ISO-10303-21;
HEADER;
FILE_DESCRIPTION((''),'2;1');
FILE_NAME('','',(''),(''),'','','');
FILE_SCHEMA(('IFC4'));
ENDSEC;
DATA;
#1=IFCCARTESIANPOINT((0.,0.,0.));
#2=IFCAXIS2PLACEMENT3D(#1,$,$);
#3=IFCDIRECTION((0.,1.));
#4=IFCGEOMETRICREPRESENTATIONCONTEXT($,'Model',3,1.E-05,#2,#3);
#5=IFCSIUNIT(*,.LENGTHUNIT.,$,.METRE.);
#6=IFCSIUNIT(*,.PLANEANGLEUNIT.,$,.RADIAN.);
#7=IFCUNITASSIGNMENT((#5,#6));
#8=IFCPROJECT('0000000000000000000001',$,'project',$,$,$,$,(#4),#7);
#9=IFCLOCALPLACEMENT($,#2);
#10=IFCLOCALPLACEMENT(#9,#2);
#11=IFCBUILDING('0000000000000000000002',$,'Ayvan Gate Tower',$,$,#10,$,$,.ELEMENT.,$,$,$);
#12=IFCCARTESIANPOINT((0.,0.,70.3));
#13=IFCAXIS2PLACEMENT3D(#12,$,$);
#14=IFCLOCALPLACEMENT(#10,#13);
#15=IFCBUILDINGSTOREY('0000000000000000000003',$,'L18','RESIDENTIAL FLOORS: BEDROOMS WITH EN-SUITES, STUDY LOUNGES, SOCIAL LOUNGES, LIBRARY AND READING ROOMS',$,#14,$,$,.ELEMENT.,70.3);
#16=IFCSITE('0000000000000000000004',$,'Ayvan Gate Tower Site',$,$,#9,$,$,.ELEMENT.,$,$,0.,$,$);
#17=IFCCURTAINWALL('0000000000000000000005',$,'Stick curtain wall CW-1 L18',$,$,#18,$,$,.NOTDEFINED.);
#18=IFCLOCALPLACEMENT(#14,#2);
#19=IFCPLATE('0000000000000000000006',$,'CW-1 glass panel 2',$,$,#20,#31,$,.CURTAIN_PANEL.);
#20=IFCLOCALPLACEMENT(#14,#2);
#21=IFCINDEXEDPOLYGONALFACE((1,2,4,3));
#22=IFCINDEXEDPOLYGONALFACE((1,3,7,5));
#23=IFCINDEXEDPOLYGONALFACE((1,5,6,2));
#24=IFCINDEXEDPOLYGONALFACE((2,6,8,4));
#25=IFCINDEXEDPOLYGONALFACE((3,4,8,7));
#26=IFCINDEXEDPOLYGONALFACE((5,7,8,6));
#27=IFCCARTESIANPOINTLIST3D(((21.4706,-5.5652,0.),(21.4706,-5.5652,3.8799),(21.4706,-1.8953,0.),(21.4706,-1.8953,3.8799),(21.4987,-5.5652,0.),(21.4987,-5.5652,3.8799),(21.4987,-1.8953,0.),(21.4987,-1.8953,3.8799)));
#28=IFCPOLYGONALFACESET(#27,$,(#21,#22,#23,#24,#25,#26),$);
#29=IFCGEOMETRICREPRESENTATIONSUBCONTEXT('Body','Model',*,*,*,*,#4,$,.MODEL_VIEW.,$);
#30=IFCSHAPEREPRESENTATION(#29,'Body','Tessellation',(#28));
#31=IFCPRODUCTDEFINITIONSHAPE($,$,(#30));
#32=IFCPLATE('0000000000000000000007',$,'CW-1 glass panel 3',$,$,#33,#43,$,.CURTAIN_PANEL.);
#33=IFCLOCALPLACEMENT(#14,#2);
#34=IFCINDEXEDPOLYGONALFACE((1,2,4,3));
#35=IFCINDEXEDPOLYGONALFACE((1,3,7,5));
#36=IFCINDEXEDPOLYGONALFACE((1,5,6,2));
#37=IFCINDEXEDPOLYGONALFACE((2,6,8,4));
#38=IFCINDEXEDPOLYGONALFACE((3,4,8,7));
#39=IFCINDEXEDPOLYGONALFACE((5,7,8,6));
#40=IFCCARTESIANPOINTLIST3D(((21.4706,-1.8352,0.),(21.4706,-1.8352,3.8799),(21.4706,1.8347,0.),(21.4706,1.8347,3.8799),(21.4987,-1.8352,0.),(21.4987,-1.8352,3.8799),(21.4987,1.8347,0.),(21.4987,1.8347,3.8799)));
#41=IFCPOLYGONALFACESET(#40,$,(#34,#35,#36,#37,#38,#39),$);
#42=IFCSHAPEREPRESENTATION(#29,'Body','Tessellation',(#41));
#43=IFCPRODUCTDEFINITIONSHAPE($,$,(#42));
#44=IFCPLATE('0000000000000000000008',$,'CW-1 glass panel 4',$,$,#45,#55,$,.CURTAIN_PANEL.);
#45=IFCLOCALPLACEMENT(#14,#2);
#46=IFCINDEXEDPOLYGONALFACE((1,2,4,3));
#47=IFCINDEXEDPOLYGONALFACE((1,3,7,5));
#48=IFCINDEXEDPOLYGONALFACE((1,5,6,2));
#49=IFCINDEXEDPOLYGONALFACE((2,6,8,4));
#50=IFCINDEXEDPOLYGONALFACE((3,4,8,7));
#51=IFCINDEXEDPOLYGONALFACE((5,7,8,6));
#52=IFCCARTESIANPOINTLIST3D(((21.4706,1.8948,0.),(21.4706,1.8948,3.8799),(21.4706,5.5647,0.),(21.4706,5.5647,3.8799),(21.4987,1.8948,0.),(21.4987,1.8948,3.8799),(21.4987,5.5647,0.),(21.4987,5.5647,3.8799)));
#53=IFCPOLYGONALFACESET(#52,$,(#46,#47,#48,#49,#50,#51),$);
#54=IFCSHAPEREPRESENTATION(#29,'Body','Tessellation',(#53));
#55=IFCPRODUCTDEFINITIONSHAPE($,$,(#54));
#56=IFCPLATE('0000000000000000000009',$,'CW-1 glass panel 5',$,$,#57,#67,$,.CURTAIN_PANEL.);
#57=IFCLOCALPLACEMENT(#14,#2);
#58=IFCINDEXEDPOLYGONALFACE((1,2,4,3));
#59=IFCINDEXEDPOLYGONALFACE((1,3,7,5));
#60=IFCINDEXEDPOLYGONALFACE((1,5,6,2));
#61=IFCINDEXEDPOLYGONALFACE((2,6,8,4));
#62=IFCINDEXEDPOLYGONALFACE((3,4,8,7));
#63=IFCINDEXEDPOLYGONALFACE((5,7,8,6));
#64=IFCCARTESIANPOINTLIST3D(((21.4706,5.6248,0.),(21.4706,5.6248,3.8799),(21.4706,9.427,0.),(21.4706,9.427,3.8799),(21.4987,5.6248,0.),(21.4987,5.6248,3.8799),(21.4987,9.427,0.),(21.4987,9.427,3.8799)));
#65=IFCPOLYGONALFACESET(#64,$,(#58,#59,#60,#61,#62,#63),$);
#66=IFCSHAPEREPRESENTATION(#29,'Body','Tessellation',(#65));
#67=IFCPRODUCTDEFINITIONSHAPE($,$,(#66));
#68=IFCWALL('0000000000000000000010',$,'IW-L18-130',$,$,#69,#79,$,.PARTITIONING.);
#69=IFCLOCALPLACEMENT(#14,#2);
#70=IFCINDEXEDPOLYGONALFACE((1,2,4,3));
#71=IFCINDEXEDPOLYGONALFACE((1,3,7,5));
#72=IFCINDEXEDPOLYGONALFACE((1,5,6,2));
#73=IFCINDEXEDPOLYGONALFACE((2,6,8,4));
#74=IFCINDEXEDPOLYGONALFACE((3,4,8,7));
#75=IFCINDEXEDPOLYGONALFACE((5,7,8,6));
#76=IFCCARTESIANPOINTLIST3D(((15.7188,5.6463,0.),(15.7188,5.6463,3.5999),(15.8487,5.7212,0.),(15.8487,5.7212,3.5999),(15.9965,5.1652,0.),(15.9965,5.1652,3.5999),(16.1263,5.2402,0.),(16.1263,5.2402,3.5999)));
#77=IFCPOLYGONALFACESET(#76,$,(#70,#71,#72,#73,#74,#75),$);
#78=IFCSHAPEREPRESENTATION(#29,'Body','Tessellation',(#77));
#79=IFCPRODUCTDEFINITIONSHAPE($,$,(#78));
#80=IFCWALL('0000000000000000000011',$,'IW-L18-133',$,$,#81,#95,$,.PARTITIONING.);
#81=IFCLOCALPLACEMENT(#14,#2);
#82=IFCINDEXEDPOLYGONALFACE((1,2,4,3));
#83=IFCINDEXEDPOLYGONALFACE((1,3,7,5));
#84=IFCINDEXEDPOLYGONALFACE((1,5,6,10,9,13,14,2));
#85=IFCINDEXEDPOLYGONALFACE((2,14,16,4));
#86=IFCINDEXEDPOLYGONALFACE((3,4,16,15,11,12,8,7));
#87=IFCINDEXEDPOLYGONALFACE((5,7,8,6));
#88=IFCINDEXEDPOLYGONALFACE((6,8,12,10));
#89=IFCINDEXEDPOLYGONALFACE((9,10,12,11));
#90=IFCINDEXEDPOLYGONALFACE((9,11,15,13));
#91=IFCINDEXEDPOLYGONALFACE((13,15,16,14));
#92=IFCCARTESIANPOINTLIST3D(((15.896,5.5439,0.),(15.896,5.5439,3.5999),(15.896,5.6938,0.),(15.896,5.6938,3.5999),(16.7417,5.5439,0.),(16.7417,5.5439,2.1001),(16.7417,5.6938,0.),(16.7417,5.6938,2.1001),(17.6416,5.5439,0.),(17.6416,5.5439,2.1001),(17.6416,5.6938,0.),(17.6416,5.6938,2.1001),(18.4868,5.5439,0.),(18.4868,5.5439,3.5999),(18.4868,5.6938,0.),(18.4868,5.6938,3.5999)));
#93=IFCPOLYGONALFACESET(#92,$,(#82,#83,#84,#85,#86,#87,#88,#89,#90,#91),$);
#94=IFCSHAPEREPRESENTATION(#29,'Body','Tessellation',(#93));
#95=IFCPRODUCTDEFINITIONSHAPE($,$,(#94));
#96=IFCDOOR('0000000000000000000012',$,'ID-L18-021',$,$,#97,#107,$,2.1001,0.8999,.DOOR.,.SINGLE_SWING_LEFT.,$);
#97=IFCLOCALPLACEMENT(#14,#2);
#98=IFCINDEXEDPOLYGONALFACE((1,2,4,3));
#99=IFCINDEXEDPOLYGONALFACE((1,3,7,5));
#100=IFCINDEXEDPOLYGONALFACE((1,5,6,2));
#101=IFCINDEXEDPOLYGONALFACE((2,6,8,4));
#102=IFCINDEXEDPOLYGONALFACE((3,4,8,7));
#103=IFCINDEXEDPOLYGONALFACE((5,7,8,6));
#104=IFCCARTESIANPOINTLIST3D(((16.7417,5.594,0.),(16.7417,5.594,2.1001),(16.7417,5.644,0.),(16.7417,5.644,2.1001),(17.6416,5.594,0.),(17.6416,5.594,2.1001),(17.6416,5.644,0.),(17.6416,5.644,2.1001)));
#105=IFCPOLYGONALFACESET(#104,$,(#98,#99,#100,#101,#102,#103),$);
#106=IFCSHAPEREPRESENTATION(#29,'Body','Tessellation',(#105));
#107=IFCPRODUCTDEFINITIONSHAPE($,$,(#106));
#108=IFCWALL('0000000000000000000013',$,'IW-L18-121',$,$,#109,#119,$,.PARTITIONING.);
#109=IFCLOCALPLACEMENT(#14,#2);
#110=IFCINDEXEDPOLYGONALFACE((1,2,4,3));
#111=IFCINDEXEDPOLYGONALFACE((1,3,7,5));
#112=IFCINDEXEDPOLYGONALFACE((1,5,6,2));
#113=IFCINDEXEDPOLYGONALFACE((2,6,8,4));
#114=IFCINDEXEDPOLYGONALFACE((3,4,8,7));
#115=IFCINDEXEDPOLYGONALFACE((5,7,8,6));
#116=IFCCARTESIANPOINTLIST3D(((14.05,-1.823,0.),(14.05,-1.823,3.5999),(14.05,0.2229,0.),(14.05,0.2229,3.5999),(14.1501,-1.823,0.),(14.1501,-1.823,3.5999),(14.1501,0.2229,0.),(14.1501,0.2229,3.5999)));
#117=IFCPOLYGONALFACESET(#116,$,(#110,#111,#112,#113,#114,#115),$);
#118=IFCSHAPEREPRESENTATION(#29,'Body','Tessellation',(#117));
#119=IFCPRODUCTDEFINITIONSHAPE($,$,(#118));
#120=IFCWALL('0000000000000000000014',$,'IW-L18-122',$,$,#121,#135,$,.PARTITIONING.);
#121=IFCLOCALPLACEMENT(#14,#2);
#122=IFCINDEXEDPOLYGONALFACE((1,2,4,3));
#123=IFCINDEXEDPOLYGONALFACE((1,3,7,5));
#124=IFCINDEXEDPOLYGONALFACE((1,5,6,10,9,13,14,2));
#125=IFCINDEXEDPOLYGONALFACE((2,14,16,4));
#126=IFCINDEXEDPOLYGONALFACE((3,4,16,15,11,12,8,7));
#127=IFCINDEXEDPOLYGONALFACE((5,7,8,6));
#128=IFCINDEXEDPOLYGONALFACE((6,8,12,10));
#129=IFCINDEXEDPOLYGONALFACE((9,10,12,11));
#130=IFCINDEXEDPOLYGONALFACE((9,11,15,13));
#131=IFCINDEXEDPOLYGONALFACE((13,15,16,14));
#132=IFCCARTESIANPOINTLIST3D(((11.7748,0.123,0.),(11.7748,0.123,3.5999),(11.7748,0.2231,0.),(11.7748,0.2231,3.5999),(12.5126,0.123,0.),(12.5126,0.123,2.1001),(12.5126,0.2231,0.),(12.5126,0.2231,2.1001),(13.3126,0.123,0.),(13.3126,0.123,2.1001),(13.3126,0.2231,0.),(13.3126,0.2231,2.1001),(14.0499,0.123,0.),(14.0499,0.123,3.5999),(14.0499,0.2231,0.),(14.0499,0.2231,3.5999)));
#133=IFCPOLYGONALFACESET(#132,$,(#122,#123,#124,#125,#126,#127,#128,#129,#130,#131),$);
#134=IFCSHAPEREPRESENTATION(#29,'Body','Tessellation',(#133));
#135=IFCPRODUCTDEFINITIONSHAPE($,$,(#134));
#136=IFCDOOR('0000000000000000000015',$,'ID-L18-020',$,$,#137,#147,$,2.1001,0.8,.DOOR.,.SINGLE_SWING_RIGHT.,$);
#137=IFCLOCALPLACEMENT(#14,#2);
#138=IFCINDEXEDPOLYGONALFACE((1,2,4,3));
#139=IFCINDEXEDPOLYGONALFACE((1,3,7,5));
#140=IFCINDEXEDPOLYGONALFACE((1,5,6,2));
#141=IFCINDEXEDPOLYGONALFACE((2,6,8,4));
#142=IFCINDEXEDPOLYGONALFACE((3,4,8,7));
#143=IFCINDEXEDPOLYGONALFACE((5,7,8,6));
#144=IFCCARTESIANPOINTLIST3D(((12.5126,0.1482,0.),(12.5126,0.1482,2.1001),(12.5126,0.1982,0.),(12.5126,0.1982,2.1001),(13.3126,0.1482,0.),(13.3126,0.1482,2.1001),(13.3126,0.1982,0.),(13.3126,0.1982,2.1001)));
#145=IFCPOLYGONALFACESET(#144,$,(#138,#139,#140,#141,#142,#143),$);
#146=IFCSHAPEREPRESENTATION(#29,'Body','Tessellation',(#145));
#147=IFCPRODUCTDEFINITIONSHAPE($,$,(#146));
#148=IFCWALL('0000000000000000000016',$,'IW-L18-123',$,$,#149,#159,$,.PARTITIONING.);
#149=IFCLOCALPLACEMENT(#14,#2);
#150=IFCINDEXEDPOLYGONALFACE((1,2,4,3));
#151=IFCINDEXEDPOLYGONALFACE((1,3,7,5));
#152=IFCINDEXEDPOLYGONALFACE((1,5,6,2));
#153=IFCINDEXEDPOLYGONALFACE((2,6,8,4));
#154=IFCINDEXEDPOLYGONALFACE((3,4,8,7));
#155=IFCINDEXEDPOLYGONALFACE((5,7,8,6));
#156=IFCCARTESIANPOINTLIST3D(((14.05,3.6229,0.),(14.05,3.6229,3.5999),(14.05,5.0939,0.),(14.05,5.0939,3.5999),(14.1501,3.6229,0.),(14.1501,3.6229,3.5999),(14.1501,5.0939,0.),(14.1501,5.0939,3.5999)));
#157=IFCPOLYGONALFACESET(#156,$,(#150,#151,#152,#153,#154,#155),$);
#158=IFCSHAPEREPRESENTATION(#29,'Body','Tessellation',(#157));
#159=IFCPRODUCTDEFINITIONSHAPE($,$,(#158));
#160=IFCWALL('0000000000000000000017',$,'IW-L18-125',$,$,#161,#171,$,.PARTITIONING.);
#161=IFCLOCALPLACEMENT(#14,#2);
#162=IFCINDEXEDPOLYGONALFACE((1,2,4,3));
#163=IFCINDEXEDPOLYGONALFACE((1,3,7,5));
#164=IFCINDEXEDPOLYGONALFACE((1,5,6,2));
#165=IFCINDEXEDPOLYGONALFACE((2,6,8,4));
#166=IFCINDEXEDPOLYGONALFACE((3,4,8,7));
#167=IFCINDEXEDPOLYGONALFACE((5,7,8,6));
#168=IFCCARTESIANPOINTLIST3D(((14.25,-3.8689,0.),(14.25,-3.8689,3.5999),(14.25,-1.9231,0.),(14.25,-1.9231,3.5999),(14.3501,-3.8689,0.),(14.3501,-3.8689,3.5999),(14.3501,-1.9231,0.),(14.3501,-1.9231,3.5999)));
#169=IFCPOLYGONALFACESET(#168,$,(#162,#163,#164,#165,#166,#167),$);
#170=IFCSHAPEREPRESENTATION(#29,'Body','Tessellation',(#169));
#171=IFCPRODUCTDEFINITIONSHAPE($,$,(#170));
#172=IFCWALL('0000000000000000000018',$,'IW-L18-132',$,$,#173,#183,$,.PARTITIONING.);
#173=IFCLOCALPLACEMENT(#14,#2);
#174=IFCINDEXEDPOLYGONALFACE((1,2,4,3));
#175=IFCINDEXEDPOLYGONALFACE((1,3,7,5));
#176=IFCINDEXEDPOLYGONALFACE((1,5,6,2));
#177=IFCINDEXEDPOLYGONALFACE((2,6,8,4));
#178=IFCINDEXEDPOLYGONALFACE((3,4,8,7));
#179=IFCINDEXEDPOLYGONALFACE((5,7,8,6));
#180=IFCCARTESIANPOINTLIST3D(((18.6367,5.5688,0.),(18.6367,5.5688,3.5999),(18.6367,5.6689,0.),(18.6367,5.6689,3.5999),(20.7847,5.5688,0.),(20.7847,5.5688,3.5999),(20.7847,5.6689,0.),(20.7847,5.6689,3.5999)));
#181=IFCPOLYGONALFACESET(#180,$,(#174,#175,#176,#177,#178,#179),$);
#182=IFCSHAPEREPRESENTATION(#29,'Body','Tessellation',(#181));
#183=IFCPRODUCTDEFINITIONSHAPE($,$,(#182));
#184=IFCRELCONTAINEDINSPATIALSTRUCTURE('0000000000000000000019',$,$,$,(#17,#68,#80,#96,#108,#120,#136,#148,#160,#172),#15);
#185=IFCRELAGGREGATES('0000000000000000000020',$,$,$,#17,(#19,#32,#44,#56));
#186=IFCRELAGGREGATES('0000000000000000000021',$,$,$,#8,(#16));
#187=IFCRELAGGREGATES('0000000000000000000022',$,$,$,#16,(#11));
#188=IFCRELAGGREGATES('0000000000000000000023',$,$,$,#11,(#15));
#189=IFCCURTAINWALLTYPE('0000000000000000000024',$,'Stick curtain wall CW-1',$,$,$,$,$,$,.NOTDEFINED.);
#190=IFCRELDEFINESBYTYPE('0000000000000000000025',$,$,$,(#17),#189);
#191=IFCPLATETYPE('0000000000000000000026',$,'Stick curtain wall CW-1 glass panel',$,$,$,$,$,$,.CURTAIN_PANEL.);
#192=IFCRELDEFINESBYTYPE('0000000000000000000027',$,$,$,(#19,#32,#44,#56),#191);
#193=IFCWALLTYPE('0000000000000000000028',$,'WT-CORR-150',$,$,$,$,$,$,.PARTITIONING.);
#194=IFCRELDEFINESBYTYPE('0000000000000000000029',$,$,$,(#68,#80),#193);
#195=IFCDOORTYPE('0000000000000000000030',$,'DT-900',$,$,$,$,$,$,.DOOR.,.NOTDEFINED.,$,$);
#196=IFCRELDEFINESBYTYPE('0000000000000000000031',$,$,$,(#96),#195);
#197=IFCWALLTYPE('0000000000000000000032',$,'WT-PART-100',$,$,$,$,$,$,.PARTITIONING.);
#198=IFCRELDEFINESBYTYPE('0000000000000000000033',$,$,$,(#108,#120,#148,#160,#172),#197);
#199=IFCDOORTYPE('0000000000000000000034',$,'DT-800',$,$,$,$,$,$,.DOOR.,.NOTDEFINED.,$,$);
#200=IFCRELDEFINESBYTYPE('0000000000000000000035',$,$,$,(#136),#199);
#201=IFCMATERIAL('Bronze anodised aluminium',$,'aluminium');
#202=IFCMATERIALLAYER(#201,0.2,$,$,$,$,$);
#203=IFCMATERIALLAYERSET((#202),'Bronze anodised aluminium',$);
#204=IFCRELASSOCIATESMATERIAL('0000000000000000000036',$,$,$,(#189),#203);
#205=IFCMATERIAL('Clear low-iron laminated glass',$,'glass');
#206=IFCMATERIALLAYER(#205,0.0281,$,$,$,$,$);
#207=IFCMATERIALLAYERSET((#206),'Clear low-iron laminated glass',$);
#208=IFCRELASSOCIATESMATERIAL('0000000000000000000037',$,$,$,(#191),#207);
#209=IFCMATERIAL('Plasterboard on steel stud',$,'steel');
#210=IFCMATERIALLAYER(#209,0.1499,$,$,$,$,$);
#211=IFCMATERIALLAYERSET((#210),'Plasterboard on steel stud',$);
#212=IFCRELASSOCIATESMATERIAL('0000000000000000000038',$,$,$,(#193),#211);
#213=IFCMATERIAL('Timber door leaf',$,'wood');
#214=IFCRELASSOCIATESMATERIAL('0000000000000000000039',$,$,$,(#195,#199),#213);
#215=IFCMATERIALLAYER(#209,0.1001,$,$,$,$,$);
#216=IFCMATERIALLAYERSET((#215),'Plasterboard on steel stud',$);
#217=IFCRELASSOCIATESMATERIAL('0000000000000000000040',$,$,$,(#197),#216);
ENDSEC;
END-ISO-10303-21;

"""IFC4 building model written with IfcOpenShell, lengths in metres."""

from ifc_helpers import new_model, si_unit, direction, frame, frame_2d, origin, origin_2d, place, context, subcontext, project, spatial, rectangle, extrude, material, layer, layer_set, type_object, element, fill, aggregate, save


model = new_model("IFC4")

# Units and contexts
model_context = context("Model", 3, precision=1e-05, world=origin(), true_north=direction((0.0, 1.0)))
body_context = subcontext(model_context, "Body", "Model", "MODEL_VIEW")
ifc_project = project(units=[si_unit("LENGTHUNIT", "METRE"), si_unit("PLANEANGLEUNIT", "RADIAN")], contexts=[model_context])

# Site, building, storey
site_placement = place(None, origin())
site = spatial("IfcSite", under=ifc_project, at=site_placement, Name="Ayvan Gate Tower Site", CompositionType="ELEMENT", RefElevation=0.0)
building_placement = place(site_placement, origin())
building = spatial("IfcBuilding", under=site, at=building_placement, Name="Ayvan Gate Tower", CompositionType="ELEMENT")
storey_placement = place(building_placement, frame((0.0, 0.0, 70.3)))
storey = spatial("IfcBuildingStorey", under=building, at=storey_placement, Name="L18", Description="RESIDENTIAL FLOORS: BEDROOMS WITH EN-SUITES, STUDY LOUNGES, SOCIAL LOUNGES, LIBRARY AND READING ROOMS", CompositionType="ELEMENT", Elevation=70.3)

# Curtain wall
ifc_material_1 = material(Name="Bronze anodised aluminium", Category="aluminium")
ifc_layer_1 = layer(ifc_material_1, 0.2)
ifc_layer_set_1 = layer_set([ifc_layer_1], Name="Bronze anodised aluminium")
curtain_wall_type_1 = type_object("IfcCurtainWallType", Name="Stick curtain wall CW-1", PredefinedType="NOTDEFINED", material=ifc_layer_set_1)
curtain_wall_1_placement = place(storey_placement, origin())
curtain_wall_1 = element("IfcCurtainWall", 1, at=curtain_wall_1_placement, inside=storey, type_object=curtain_wall_type_1, Name="Stick curtain wall CW-1 L18", PredefinedType="NOTDEFINED")

# Plates
ifc_material_2 = material(Name="Clear low-iron laminated glass", Category="glass")
ifc_layer_2 = layer(ifc_material_2, 0.0281)
ifc_layer_set_2 = layer_set([ifc_layer_2], Name="Clear low-iron laminated glass")
plate_type = type_object("IfcPlateType", Name="Stick curtain wall CW-1 glass panel", PredefinedType="CURTAIN_PANEL", material=ifc_layer_set_2)
plate_1_placement = place(storey_placement, frame((21.4846, -3.7302, 0.0), z_axis=(0.0, 0.0, 1.0), x_axis=(0.0, 1.0, 0.0)))
plate_1 = element("IfcPlate", 2, at=plate_1_placement, type_object=plate_type, Name="CW-1 glass panel 2", PredefinedType="CURTAIN_PANEL", context=body_context, shape_type="SweptSolid", body=[
    extrude(rectangle(XDim=3.6699, YDim=0.0281, at=origin_2d()), origin(), (0.0, 0.0, 1.0), 3.8799),
])
plate_2_placement = place(storey_placement, frame((21.4846, -0.0002, 0.0), z_axis=(0.0, 0.0, 1.0), x_axis=(0.0, 1.0, 0.0)))
plate_2 = element("IfcPlate", 3, at=plate_2_placement, type_object=plate_type, Name="CW-1 glass panel 3", PredefinedType="CURTAIN_PANEL", context=body_context, shape_type="SweptSolid", body=[
    extrude(rectangle(XDim=3.6699, YDim=0.0281, at=origin_2d()), origin(), (0.0, 0.0, 1.0), 3.8799),
])
plate_3_placement = place(storey_placement, frame((21.4846, 3.7297, 0.0), z_axis=(0.0, 0.0, 1.0), x_axis=(0.0, 1.0, 0.0)))
plate_3 = element("IfcPlate", 4, at=plate_3_placement, type_object=plate_type, Name="CW-1 glass panel 4", PredefinedType="CURTAIN_PANEL", context=body_context, shape_type="SweptSolid", body=[
    extrude(rectangle(XDim=3.6699, YDim=0.0281, at=origin_2d()), origin(), (0.0, 0.0, 1.0), 3.8799),
])
plate_4_placement = place(storey_placement, frame((21.4846, 7.5259, 0.0), z_axis=(0.0, 0.0, 1.0), x_axis=(0.0, 1.0, 0.0)))
plate_4 = element("IfcPlate", 5, at=plate_4_placement, type_object=plate_type, Name="CW-1 glass panel 5", PredefinedType="CURTAIN_PANEL", context=body_context, shape_type="SweptSolid", body=[
    extrude(rectangle(XDim=3.8022, YDim=0.0281, at=origin_2d()), origin(), (0.0, 0.0, 1.0), 3.8799),
])
aggregate(curtain_wall_1, [plate_1, plate_2, plate_3, plate_4])

# Wall
ifc_material_3 = material(Name="Plasterboard on steel stud", Category="steel")
ifc_layer_3 = layer(ifc_material_3, 0.1499)
ifc_layer_set_3 = layer_set([ifc_layer_3], Name="Plasterboard on steel stud")
wall_type_1 = type_object("IfcWallType", Name="WT-CORR-150", PredefinedType="PARTITIONING", material=ifc_layer_set_3)
wall_1_placement = place(storey_placement, frame((15.7837, 5.6838, 0.0), z_axis=(0.0, 0.0, 1.0), x_axis=(0.499875, -0.866098, 0.0)))
element("IfcWall", 6, at=wall_1_placement, inside=storey, type_object=wall_type_1, Name="IW-L18-130", PredefinedType="PARTITIONING", context=body_context, shape_type="SweptSolid", body=[
    extrude(rectangle(XDim=0.5554, YDim=0.1499, at=frame_2d((0.2778, 0.0))), origin(), (0.0, 0.0, 1.0), 3.5999),
])

# Wall, opening, door
wall_2_placement = place(storey_placement, frame((18.4868, 5.6189, 0.0), z_axis=(0.0, 0.0, 1.0), x_axis=(-1.0, 0.0, 0.0)))
wall_2 = element("IfcWall", 7, at=wall_2_placement, inside=storey, type_object=wall_type_1, Name="IW-L18-133", PredefinedType="PARTITIONING", context=body_context, shape_type="SweptSolid", body=[
    extrude(rectangle(XDim=2.5908, YDim=0.1499, at=frame_2d((1.2954, 0.0))), origin(), (0.0, 0.0, 1.0), 3.5999),
])
opening_1_placement = place(wall_2_placement, frame((0.8452, 0.0, 0.0)))
opening_1 = element("IfcOpeningElement", 8, at=opening_1_placement, cuts=wall_2, PredefinedType="OPENING", context=body_context, shape_type="SweptSolid", body=[
    extrude(rectangle(XDim=0.8999, YDim=2.1001, at=frame_2d((0.45, 1.05))), frame((0.0, 0.085, 0.0), z_axis=(0.0, -1.0, 0.0), x_axis=(1.0, 0.0, 0.0)), (0.0, 0.0, 1.0), 0.1699),
])
ifc_material_4 = material(Name="Timber door leaf", Category="wood")
door_type_1 = type_object("IfcDoorType", Name="DT-900", OperationType="NOTDEFINED", PredefinedType="DOOR", material=ifc_material_4)
door_1_placement = place(opening_1_placement, origin())
door_1 = element("IfcDoor", 9, at=door_1_placement, inside=storey, type_object=door_type_1, Name="ID-L18-021", OperationType="SINGLE_SWING_LEFT", OverallHeight=2.1001, OverallWidth=0.8999, PredefinedType="DOOR", context=body_context, shape_type="SweptSolid", body=[
    extrude(rectangle(XDim=0.8999, YDim=2.1001, at=frame_2d((0.45, 1.05))), frame((0.0, 0.0249, 0.0), z_axis=(0.0, -1.0, 0.0), x_axis=(1.0, 0.0, 0.0)), (0.0, 0.0, 1.0), 0.05),
])
fill(opening_1, door_1)

# Wall
ifc_layer_4 = layer(ifc_material_3, 0.1001)
ifc_layer_set_4 = layer_set([ifc_layer_4], Name="Plasterboard on steel stud")
wall_type_2 = type_object("IfcWallType", Name="WT-PART-100", PredefinedType="PARTITIONING", material=ifc_layer_set_4)
wall_3_placement = place(storey_placement, frame((14.1001, -1.823, 0.0), z_axis=(0.0, 0.0, 1.0), x_axis=(0.0, 1.0, 0.0)))
element("IfcWall", 10, at=wall_3_placement, inside=storey, type_object=wall_type_2, Name="IW-L18-121", PredefinedType="PARTITIONING", context=body_context, shape_type="SweptSolid", body=[
    extrude(rectangle(XDim=2.0459, YDim=0.1001, at=frame_2d((1.0229, 0.0))), origin(), (0.0, 0.0, 1.0), 3.5999),
])

# Wall, opening, door
wall_4_placement = place(storey_placement, frame((14.05, 0.1731, 0.0), z_axis=(0.0, 0.0, 1.0), x_axis=(-1.0, 0.0, 0.0)))
wall_4 = element("IfcWall", 11, at=wall_4_placement, inside=storey, type_object=wall_type_2, Name="IW-L18-122", PredefinedType="PARTITIONING", context=body_context, shape_type="SweptSolid", body=[
    extrude(rectangle(XDim=2.2751, YDim=0.1001, at=frame_2d((1.1377, 0.0))), origin(), (0.0, 0.0, 1.0), 3.5999),
])
opening_2_placement = place(wall_4_placement, frame((0.7375, 0.0, 0.0)))
opening_2 = element("IfcOpeningElement", 12, at=opening_2_placement, cuts=wall_4, PredefinedType="OPENING", context=body_context, shape_type="SweptSolid", body=[
    extrude(rectangle(XDim=0.8, YDim=2.1001, at=frame_2d((0.3999, 1.05))), frame((0.0, 0.0601, 0.0), z_axis=(0.0, -1.0, 0.0), x_axis=(1.0, 0.0, 0.0)), (0.0, 0.0, 1.0), 0.1201),
])
door_type_2 = type_object("IfcDoorType", Name="DT-800", OperationType="NOTDEFINED", PredefinedType="DOOR", material=ifc_material_4)
door_2_placement = place(opening_2_placement, origin())
door_2 = element("IfcDoor", 13, at=door_2_placement, inside=storey, type_object=door_type_2, Name="ID-L18-020", OperationType="SINGLE_SWING_RIGHT", OverallHeight=2.1001, OverallWidth=0.8, PredefinedType="DOOR", context=body_context, shape_type="SweptSolid", body=[
    extrude(rectangle(XDim=0.8, YDim=2.1001, at=frame_2d((0.3999, 1.05))), frame((0.0, 0.0249, 0.0), z_axis=(0.0, -1.0, 0.0), x_axis=(1.0, 0.0, 0.0)), (0.0, 0.0, 1.0), 0.05),
])
fill(opening_2, door_2)

# Walls
wall_5_placement = place(storey_placement, frame((14.1001, 3.623, 0.0), z_axis=(0.0, 0.0, 1.0), x_axis=(0.0, 1.0, 0.0)))
element("IfcWall", 14, at=wall_5_placement, inside=storey, type_object=wall_type_2, Name="IW-L18-123", PredefinedType="PARTITIONING", context=body_context, shape_type="SweptSolid", body=[
    extrude(rectangle(XDim=1.4709, YDim=0.1001, at=frame_2d((0.7354, 0.0))), origin(), (0.0, 0.0, 1.0), 3.5999),
])
wall_6_placement = place(storey_placement, frame((14.3, -3.8689, 0.0), z_axis=(0.0, 0.0, 1.0), x_axis=(0.0, 1.0, 0.0)))
element("IfcWall", 15, at=wall_6_placement, inside=storey, type_object=wall_type_2, Name="IW-L18-125", PredefinedType="PARTITIONING", context=body_context, shape_type="SweptSolid", body=[
    extrude(rectangle(XDim=1.9458, YDim=0.1001, at=frame_2d((0.9729, 0.0))), origin(), (0.0, 0.0, 1.0), 3.5999),
])
wall_7_placement = place(storey_placement, frame((18.6367, 5.6189, 0.0), z_axis=(0.0, 0.0, 1.0), x_axis=(1.0, 0.0, 0.0)))
element("IfcWall", 16, at=wall_7_placement, inside=storey, type_object=wall_type_2, Name="IW-L18-132", PredefinedType="PARTITIONING", context=body_context, shape_type="SweptSolid", body=[
    extrude(rectangle(XDim=2.1479, YDim=0.1001, at=frame_2d((1.074, 0.0))), origin(), (0.0, 0.0, 1.0), 3.5999),
])

save(model, "model.ifc")
